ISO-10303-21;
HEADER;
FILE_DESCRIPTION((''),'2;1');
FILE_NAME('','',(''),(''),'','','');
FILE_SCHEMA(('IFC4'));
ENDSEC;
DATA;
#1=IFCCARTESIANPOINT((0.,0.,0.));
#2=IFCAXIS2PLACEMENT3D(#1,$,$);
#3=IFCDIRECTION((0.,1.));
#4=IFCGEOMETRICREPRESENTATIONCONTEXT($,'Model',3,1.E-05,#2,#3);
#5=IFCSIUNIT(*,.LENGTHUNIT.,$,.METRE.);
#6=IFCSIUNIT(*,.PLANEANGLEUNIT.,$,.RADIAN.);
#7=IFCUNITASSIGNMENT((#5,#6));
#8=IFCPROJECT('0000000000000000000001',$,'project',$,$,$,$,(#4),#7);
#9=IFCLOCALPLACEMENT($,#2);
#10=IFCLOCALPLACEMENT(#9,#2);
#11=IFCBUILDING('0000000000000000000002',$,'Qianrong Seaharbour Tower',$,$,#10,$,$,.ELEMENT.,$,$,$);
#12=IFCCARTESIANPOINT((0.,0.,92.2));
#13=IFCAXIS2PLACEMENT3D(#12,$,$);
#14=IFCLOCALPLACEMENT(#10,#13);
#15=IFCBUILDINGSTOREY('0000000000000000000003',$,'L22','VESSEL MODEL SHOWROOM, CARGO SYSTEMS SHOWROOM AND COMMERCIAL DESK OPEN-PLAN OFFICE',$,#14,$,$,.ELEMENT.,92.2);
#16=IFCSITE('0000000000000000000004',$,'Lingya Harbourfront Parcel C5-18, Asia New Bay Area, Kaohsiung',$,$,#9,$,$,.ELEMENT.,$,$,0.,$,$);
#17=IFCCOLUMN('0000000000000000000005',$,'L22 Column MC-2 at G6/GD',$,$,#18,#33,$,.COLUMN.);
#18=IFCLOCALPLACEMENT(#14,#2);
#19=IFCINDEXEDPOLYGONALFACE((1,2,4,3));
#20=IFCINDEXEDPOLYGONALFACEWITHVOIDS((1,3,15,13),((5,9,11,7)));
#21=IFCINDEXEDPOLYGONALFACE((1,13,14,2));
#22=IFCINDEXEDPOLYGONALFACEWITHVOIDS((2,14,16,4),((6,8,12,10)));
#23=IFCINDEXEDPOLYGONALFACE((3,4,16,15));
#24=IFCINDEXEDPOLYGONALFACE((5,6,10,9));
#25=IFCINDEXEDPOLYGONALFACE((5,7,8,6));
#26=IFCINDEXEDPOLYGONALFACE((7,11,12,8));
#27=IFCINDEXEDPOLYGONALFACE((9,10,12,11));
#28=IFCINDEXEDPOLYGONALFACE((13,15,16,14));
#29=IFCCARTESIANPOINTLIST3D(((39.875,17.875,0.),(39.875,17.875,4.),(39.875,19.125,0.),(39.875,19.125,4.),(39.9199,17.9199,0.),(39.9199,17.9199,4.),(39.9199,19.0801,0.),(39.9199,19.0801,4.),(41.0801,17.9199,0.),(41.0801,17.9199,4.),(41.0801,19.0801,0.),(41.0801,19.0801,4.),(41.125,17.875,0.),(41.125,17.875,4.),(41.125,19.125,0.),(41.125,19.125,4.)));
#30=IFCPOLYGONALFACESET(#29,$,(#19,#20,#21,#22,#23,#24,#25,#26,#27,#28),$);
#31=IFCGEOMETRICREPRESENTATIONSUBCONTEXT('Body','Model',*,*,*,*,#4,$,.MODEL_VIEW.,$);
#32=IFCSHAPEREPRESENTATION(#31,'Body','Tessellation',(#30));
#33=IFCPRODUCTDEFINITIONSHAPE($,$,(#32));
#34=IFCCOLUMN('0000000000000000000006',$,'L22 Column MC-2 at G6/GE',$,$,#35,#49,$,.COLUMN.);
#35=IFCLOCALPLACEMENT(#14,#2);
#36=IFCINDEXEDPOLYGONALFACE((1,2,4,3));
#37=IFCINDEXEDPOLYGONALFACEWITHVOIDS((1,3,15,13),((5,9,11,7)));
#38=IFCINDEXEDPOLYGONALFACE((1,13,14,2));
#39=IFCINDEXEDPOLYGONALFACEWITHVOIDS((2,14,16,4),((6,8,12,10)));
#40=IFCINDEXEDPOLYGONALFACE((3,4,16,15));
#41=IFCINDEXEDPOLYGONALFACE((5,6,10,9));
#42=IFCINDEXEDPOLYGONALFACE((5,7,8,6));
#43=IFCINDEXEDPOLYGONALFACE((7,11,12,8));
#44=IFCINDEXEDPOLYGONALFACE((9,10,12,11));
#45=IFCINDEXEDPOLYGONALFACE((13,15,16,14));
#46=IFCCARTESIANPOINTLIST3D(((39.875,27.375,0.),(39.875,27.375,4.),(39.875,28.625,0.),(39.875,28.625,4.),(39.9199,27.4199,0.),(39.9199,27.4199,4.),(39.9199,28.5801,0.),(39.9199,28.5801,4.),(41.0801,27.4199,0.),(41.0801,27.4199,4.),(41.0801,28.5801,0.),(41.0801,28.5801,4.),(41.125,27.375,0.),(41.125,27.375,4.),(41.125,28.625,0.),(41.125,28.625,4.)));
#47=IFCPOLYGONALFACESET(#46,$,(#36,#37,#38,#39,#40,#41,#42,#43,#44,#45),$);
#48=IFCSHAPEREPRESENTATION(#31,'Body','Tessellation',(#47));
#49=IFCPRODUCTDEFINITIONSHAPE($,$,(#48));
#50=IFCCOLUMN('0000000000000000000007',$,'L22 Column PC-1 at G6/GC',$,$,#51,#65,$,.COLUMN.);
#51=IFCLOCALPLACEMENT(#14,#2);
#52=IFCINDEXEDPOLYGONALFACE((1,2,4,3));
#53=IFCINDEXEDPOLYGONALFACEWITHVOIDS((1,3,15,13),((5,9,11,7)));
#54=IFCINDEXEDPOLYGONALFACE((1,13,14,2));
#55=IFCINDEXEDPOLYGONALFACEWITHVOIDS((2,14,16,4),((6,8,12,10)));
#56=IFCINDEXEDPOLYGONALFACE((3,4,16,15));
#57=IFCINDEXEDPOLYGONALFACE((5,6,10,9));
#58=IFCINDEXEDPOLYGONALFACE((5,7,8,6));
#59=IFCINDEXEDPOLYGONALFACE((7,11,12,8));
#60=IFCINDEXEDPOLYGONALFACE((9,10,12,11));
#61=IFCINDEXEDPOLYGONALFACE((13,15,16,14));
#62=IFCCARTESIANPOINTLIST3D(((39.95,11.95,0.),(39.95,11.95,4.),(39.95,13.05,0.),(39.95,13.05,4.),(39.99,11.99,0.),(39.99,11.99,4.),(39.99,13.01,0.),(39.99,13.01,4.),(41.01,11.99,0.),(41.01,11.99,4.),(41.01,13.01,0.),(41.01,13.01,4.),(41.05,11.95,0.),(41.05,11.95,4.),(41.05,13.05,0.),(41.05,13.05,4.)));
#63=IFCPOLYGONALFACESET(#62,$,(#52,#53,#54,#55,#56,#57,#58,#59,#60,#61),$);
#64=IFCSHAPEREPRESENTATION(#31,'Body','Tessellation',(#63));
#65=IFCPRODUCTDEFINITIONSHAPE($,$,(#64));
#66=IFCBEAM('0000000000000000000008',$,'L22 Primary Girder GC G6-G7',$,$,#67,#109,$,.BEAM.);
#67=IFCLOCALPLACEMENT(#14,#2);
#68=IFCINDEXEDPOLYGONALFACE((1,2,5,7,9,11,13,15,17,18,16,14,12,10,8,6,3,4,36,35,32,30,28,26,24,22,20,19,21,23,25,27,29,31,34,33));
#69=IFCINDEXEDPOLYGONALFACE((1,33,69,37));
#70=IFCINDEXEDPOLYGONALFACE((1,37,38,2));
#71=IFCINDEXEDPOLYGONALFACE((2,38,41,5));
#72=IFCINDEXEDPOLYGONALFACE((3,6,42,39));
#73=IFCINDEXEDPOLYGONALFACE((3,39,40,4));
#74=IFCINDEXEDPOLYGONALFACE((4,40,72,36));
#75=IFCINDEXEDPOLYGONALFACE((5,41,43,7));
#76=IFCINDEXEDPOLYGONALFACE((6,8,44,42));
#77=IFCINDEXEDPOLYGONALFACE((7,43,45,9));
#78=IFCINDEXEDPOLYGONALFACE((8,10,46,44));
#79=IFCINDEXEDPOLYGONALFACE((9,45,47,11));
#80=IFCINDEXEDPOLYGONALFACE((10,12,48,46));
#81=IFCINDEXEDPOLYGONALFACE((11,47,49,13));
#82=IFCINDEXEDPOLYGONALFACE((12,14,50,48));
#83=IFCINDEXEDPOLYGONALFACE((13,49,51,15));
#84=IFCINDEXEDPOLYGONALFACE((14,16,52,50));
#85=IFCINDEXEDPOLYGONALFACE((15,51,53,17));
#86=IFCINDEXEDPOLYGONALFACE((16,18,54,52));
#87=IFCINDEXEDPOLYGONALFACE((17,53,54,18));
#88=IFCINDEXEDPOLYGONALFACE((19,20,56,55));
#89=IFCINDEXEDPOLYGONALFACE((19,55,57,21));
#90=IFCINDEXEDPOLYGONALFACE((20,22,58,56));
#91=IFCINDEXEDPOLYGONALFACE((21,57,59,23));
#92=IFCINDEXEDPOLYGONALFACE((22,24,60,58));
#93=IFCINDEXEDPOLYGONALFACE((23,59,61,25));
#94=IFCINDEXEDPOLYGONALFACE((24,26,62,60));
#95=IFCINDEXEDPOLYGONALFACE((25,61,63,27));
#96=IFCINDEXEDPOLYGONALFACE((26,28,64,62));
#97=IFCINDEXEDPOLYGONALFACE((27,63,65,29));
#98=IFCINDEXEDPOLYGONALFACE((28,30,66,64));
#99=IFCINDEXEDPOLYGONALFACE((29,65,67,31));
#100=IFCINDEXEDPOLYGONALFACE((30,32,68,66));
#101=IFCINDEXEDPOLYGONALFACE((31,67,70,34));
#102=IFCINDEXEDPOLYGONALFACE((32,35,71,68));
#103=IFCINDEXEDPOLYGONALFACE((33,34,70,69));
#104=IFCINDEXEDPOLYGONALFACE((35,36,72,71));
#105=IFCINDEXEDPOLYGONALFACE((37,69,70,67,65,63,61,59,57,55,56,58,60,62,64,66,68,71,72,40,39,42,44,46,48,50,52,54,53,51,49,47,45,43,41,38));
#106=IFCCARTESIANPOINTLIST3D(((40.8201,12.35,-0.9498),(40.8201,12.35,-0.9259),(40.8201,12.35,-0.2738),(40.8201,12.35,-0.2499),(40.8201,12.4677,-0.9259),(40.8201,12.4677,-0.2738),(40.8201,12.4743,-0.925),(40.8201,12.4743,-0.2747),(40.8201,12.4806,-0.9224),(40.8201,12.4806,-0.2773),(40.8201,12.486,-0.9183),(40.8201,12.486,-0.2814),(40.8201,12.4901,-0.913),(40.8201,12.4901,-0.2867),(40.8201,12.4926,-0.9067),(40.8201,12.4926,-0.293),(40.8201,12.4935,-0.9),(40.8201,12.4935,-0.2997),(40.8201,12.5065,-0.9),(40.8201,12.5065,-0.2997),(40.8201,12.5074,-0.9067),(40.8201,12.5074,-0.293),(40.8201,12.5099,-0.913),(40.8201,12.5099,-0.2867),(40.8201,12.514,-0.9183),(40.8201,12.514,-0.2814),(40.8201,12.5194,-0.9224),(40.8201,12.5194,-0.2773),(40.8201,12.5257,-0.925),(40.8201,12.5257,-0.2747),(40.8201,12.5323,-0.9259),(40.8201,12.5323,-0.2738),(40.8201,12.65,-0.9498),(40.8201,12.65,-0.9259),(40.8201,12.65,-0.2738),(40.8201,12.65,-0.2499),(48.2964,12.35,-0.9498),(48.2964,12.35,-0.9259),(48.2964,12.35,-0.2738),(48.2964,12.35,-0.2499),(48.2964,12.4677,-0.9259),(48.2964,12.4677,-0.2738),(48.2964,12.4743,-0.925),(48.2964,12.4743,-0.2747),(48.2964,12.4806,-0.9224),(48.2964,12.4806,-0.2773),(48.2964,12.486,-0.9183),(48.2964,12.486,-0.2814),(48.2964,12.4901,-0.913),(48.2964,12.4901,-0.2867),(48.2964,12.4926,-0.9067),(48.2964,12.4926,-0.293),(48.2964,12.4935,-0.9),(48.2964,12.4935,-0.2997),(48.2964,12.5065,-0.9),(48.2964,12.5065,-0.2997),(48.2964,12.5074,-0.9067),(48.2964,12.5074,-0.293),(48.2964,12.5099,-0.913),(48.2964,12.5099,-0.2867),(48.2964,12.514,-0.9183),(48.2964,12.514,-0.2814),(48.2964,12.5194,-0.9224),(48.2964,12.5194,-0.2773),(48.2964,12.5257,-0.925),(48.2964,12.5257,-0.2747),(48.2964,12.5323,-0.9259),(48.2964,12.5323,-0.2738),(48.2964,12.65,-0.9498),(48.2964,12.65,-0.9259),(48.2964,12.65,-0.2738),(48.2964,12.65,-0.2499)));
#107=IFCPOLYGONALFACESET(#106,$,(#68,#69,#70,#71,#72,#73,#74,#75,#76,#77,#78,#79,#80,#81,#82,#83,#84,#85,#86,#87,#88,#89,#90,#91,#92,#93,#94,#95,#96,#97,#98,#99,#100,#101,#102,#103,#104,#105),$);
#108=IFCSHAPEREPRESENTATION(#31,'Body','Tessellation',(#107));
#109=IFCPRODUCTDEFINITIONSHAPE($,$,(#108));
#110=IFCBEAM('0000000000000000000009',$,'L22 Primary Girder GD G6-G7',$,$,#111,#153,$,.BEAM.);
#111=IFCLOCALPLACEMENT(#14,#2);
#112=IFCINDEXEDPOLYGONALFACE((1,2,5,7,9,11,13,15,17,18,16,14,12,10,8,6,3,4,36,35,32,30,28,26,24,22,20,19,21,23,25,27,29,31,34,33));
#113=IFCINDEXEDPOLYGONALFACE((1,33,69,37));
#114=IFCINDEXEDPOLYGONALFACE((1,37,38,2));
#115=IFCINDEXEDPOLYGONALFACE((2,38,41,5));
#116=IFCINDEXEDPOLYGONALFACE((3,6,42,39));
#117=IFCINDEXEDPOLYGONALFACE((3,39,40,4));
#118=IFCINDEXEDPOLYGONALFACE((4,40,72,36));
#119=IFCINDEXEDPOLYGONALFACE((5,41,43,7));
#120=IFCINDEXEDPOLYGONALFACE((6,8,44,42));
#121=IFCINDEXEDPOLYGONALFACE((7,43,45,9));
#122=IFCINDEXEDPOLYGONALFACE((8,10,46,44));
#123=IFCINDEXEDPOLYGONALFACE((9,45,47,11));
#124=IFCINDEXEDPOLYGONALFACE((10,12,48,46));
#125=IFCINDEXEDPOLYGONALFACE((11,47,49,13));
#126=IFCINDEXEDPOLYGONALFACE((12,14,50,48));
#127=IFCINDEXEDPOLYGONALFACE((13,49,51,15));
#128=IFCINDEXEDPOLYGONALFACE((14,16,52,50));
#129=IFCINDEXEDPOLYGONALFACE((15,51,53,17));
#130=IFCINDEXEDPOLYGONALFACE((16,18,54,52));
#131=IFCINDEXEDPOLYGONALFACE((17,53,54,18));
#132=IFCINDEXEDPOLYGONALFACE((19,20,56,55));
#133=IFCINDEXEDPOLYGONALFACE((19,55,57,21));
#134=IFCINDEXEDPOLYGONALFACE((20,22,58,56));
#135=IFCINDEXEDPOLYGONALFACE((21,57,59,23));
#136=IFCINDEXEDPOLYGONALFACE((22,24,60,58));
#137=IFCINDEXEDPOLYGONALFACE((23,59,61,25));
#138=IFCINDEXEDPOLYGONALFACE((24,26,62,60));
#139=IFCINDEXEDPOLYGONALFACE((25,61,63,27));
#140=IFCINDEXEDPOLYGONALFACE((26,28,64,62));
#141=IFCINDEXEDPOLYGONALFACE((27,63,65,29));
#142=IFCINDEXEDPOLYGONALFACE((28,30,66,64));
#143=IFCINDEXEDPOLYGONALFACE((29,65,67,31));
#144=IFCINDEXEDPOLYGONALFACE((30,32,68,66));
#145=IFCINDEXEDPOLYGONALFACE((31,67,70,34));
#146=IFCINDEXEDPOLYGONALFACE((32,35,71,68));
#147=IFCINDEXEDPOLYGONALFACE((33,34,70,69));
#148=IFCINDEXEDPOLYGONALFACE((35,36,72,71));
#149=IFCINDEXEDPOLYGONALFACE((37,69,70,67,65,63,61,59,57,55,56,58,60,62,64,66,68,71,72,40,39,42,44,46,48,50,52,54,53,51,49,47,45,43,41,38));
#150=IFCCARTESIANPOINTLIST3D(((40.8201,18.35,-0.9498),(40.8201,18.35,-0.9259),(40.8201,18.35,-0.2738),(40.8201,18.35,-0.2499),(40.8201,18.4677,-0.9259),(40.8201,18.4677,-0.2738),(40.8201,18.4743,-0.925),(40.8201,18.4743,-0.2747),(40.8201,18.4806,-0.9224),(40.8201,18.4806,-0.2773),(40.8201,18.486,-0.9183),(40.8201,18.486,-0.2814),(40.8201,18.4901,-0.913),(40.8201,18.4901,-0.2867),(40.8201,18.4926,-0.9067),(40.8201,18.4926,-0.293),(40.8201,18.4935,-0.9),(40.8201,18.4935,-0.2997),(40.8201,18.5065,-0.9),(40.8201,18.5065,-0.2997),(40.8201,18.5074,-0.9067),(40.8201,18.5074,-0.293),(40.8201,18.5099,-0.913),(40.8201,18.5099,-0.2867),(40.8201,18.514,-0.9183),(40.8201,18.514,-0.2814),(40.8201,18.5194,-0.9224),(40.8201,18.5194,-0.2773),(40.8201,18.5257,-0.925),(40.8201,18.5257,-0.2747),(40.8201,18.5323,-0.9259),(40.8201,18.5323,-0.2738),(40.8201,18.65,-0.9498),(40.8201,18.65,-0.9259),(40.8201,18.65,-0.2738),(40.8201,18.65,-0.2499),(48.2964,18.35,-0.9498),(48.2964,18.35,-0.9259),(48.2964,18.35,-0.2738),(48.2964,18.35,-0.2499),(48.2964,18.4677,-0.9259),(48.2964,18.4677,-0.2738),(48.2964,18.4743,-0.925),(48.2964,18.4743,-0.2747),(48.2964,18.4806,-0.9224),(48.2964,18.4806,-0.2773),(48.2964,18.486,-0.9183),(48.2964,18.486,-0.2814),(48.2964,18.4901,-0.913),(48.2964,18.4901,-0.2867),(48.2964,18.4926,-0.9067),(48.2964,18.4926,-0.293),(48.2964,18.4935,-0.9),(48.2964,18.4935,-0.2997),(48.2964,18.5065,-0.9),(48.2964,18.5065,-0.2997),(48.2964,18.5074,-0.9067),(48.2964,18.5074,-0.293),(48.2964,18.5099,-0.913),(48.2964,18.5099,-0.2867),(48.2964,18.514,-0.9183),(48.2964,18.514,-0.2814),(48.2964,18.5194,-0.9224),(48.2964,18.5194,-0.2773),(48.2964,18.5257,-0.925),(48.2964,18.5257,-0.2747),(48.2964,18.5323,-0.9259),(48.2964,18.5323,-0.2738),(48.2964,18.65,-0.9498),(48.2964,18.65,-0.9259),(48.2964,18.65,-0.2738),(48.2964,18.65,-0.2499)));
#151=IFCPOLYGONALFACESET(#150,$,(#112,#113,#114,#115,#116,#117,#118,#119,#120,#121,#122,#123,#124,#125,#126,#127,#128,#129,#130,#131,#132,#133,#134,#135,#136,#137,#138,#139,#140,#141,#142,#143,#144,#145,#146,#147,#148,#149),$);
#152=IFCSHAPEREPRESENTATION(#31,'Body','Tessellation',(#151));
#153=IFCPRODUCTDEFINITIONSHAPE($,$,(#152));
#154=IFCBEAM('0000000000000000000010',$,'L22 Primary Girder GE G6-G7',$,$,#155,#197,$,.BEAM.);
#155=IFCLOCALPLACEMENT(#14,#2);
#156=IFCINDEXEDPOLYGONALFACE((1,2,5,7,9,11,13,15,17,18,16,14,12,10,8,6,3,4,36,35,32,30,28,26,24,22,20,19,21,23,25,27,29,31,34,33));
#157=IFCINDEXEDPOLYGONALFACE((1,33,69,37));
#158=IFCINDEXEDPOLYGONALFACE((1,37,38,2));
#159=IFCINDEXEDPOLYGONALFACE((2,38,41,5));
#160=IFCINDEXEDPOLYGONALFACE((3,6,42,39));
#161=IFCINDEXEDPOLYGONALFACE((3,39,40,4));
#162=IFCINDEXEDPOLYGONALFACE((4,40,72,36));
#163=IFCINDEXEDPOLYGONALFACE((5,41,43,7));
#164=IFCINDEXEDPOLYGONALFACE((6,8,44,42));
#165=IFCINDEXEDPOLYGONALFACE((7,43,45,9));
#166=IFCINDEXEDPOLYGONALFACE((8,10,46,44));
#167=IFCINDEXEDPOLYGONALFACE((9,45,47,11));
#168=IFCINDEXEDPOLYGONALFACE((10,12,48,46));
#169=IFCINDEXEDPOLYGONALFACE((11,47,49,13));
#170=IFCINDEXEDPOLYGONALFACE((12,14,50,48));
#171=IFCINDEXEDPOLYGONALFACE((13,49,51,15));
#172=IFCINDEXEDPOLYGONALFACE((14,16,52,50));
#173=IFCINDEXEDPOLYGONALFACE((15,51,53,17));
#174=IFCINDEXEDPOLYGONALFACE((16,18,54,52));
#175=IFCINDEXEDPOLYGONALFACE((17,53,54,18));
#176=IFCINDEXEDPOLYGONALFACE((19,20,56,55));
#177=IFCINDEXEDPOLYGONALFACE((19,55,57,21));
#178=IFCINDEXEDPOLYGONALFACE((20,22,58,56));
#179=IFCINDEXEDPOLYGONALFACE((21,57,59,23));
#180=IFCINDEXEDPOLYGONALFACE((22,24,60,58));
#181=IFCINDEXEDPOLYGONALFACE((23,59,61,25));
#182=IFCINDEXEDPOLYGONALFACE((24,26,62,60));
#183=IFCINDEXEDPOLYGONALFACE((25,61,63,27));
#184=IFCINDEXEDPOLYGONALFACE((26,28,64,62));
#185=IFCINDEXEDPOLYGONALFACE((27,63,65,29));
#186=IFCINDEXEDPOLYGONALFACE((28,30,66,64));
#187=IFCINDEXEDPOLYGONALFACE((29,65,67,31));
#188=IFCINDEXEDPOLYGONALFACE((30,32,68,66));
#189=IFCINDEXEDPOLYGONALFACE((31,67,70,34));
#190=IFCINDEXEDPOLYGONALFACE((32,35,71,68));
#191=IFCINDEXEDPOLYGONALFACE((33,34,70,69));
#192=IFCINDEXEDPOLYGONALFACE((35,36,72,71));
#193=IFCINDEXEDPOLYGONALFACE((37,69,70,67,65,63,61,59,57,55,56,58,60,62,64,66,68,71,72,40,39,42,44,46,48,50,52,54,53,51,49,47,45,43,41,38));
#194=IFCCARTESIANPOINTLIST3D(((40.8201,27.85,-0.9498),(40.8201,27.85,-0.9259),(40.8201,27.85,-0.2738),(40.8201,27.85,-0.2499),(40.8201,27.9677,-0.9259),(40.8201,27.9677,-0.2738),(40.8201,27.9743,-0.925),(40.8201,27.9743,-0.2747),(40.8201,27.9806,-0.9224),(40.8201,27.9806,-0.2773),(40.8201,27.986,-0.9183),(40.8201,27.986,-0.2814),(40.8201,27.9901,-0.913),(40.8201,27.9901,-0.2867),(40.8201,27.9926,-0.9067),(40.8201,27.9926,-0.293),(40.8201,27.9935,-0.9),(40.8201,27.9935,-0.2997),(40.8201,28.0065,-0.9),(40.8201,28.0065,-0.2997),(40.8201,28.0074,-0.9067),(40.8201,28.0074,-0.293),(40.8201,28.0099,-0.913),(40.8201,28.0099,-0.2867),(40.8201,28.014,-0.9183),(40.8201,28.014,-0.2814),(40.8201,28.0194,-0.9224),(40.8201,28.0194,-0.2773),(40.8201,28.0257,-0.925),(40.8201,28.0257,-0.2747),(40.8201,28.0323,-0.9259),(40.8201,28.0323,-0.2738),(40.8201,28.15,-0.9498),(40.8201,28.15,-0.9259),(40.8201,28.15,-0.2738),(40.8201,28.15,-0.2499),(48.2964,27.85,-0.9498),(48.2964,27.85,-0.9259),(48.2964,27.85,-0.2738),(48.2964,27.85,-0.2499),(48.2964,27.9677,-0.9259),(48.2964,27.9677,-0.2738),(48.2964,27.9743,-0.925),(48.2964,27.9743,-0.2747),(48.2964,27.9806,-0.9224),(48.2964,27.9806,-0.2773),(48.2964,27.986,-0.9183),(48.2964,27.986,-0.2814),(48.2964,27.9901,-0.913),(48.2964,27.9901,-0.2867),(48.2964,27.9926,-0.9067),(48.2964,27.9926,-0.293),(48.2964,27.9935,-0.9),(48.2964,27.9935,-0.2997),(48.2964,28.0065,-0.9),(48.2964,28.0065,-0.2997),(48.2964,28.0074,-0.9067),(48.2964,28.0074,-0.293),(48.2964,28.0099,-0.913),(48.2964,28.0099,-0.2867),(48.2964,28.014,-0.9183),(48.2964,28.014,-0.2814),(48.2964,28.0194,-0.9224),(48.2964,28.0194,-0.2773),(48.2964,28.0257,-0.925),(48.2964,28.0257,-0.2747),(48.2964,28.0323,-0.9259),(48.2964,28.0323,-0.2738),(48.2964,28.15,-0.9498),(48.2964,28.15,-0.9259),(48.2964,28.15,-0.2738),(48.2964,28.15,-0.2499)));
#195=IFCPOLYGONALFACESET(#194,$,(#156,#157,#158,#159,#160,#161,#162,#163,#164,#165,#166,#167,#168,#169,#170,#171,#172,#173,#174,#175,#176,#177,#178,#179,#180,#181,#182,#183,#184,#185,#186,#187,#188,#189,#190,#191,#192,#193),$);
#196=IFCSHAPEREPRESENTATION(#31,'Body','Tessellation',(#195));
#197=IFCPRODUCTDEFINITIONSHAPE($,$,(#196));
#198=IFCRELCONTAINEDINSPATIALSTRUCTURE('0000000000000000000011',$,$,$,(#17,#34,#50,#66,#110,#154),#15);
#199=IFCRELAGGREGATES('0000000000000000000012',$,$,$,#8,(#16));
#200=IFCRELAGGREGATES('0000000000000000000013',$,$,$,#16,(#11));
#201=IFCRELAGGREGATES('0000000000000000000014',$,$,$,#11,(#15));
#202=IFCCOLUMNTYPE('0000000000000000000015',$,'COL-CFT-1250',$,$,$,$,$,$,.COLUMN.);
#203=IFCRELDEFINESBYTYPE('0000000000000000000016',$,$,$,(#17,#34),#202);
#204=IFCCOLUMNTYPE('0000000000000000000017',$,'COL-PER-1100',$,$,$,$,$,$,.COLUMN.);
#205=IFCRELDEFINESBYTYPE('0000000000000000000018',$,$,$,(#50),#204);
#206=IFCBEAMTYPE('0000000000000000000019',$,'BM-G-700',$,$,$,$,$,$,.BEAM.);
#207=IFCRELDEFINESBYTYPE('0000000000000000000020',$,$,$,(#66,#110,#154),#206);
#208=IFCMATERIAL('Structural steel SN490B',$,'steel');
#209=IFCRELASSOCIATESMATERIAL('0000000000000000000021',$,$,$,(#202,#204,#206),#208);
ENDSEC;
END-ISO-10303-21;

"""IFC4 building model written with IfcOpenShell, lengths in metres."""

from ifc_helpers import new_model, si_unit, direction, frame, origin, origin_2d, place, context, subcontext, project, spatial, hollow_rectangle, i_section, extrude, material, material_profile, profile_set, type_object, element, save


model = new_model("IFC4")

# Units and contexts
model_context = context("Model", 3, precision=1e-05, world=origin(), true_north=direction((0.0, 1.0)))
body_context = subcontext(model_context, "Body", "Model", "MODEL_VIEW")
ifc_project = project(units=[si_unit("LENGTHUNIT", "METRE"), si_unit("PLANEANGLEUNIT", "RADIAN")], contexts=[model_context])

# Site, building, storey
site_placement = place(None, origin())
site = spatial("IfcSite", under=ifc_project, at=site_placement, Name="Lingya Harbourfront Parcel C5-18, Asia New Bay Area, Kaohsiung", CompositionType="ELEMENT", RefElevation=0.0)
building_placement = place(site_placement, origin())
building = spatial("IfcBuilding", under=site, at=building_placement, Name="Qianrong Seaharbour Tower", CompositionType="ELEMENT")
storey_placement = place(building_placement, frame((0.0, 0.0, 92.2)))
storey = spatial("IfcBuildingStorey", under=building, at=storey_placement, Name="L22", Description="VESSEL MODEL SHOWROOM, CARGO SYSTEMS SHOWROOM AND COMMERCIAL DESK OPEN-PLAN OFFICE", CompositionType="ELEMENT", Elevation=92.2)

# Columns
ifc_material_1 = material(Name="Structural steel SN490B", Category="steel")
ifc_material_profile_1 = material_profile(ifc_material_1, hollow_rectangle(XDim=1.25, YDim=1.25, WallThickness=0.0449, at=origin_2d()), Name="BOX1250x1250x45")
ifc_profile_set_1 = profile_set([ifc_material_profile_1], Name="Structural steel SN490B")
column_type_1 = type_object("IfcColumnType", Name="COL-CFT-1250", PredefinedType="COLUMN", material=ifc_profile_set_1)
for number, where, z_axis, x_axis, name in (
    (1, (40.5, 18.5, 0.0), (0.0, 0.0, 1.0), (1.0, 0.0, 0.0), "L22 Column MC-2 at G6/GD"),
    (2, (40.5, 28.0, 0.0), (0.0, 0.0, 1.0), (1.0, 0.0, 0.0), "L22 Column MC-2 at G6/GE"),
):
    element("IfcColumn", number, at=place(storey_placement, frame(where, z_axis=z_axis, x_axis=x_axis)), inside=storey, type_object=column_type_1, Name=name, PredefinedType="COLUMN", context=body_context, shape_type="SweptSolid", body=[
        extrude(hollow_rectangle(XDim=1.25, YDim=1.25, WallThickness=0.0449, at=origin_2d()), origin(), (0.0, 0.0, 1.0), 4.0),
    ])
ifc_material_profile_2 = material_profile(ifc_material_1, hollow_rectangle(XDim=1.1001, YDim=1.1001, WallThickness=0.04, at=origin_2d()), Name="BOX1100x1100x40")
ifc_profile_set_2 = profile_set([ifc_material_profile_2], Name="Structural steel SN490B")
column_type_2 = type_object("IfcColumnType", Name="COL-PER-1100", PredefinedType="COLUMN", material=ifc_profile_set_2)
column_placement = place(storey_placement, frame((40.5, 12.5, 0.0), z_axis=(0.0, 0.0, 1.0), x_axis=(1.0, 0.0, 0.0)))
element("IfcColumn", 3, at=column_placement, inside=storey, type_object=column_type_2, Name="L22 Column PC-1 at G6/GC", PredefinedType="COLUMN", context=body_context, shape_type="SweptSolid", body=[
    extrude(hollow_rectangle(XDim=1.1001, YDim=1.1001, WallThickness=0.04, at=origin_2d()), origin(), (0.0, 0.0, 1.0), 4.0),
])

# Beams
ifc_material_profile_3 = material_profile(ifc_material_1, i_section(OverallWidth=0.3, OverallDepth=0.7, WebThickness=0.0129, FlangeThickness=0.0239, FilletRadius=0.0259, at=origin_2d()), Name="H700x300x13x24")
ifc_profile_set_3 = profile_set([ifc_material_profile_3], Name="Structural steel SN490B")
beam_type_1 = type_object("IfcBeamType", Name="BM-G-700", PredefinedType="BEAM", material=ifc_profile_set_3)
for number, where, z_axis, x_axis, name in (
    (4, (40.8201, 12.5, -0.5999), (1.0, 0.0, 0.0), (0.0, 1.0, 0.0), "L22 Primary Girder GC G6-G7"),
    (5, (40.8201, 18.5, -0.5999), (1.0, 0.0, 0.0), (0.0, 1.0, 0.0), "L22 Primary Girder GD G6-G7"),
    (6, (40.8201, 28.0, -0.5999), (1.0, 0.0, 0.0), (0.0, 1.0, 0.0), "L22 Primary Girder GE G6-G7"),
):
    element("IfcBeam", number, at=place(storey_placement, frame(where, z_axis=z_axis, x_axis=x_axis)), inside=storey, type_object=beam_type_1, Name=name, PredefinedType="BEAM", context=body_context, shape_type="SweptSolid", body=[
        extrude(i_section(OverallWidth=0.3, OverallDepth=0.7, WebThickness=0.0129, FlangeThickness=0.0239, FilletRadius=0.0259, at=origin_2d()), origin(), (0.0, 0.0, 1.0), 7.4763),
    ])

save(model, "model.ifc")
